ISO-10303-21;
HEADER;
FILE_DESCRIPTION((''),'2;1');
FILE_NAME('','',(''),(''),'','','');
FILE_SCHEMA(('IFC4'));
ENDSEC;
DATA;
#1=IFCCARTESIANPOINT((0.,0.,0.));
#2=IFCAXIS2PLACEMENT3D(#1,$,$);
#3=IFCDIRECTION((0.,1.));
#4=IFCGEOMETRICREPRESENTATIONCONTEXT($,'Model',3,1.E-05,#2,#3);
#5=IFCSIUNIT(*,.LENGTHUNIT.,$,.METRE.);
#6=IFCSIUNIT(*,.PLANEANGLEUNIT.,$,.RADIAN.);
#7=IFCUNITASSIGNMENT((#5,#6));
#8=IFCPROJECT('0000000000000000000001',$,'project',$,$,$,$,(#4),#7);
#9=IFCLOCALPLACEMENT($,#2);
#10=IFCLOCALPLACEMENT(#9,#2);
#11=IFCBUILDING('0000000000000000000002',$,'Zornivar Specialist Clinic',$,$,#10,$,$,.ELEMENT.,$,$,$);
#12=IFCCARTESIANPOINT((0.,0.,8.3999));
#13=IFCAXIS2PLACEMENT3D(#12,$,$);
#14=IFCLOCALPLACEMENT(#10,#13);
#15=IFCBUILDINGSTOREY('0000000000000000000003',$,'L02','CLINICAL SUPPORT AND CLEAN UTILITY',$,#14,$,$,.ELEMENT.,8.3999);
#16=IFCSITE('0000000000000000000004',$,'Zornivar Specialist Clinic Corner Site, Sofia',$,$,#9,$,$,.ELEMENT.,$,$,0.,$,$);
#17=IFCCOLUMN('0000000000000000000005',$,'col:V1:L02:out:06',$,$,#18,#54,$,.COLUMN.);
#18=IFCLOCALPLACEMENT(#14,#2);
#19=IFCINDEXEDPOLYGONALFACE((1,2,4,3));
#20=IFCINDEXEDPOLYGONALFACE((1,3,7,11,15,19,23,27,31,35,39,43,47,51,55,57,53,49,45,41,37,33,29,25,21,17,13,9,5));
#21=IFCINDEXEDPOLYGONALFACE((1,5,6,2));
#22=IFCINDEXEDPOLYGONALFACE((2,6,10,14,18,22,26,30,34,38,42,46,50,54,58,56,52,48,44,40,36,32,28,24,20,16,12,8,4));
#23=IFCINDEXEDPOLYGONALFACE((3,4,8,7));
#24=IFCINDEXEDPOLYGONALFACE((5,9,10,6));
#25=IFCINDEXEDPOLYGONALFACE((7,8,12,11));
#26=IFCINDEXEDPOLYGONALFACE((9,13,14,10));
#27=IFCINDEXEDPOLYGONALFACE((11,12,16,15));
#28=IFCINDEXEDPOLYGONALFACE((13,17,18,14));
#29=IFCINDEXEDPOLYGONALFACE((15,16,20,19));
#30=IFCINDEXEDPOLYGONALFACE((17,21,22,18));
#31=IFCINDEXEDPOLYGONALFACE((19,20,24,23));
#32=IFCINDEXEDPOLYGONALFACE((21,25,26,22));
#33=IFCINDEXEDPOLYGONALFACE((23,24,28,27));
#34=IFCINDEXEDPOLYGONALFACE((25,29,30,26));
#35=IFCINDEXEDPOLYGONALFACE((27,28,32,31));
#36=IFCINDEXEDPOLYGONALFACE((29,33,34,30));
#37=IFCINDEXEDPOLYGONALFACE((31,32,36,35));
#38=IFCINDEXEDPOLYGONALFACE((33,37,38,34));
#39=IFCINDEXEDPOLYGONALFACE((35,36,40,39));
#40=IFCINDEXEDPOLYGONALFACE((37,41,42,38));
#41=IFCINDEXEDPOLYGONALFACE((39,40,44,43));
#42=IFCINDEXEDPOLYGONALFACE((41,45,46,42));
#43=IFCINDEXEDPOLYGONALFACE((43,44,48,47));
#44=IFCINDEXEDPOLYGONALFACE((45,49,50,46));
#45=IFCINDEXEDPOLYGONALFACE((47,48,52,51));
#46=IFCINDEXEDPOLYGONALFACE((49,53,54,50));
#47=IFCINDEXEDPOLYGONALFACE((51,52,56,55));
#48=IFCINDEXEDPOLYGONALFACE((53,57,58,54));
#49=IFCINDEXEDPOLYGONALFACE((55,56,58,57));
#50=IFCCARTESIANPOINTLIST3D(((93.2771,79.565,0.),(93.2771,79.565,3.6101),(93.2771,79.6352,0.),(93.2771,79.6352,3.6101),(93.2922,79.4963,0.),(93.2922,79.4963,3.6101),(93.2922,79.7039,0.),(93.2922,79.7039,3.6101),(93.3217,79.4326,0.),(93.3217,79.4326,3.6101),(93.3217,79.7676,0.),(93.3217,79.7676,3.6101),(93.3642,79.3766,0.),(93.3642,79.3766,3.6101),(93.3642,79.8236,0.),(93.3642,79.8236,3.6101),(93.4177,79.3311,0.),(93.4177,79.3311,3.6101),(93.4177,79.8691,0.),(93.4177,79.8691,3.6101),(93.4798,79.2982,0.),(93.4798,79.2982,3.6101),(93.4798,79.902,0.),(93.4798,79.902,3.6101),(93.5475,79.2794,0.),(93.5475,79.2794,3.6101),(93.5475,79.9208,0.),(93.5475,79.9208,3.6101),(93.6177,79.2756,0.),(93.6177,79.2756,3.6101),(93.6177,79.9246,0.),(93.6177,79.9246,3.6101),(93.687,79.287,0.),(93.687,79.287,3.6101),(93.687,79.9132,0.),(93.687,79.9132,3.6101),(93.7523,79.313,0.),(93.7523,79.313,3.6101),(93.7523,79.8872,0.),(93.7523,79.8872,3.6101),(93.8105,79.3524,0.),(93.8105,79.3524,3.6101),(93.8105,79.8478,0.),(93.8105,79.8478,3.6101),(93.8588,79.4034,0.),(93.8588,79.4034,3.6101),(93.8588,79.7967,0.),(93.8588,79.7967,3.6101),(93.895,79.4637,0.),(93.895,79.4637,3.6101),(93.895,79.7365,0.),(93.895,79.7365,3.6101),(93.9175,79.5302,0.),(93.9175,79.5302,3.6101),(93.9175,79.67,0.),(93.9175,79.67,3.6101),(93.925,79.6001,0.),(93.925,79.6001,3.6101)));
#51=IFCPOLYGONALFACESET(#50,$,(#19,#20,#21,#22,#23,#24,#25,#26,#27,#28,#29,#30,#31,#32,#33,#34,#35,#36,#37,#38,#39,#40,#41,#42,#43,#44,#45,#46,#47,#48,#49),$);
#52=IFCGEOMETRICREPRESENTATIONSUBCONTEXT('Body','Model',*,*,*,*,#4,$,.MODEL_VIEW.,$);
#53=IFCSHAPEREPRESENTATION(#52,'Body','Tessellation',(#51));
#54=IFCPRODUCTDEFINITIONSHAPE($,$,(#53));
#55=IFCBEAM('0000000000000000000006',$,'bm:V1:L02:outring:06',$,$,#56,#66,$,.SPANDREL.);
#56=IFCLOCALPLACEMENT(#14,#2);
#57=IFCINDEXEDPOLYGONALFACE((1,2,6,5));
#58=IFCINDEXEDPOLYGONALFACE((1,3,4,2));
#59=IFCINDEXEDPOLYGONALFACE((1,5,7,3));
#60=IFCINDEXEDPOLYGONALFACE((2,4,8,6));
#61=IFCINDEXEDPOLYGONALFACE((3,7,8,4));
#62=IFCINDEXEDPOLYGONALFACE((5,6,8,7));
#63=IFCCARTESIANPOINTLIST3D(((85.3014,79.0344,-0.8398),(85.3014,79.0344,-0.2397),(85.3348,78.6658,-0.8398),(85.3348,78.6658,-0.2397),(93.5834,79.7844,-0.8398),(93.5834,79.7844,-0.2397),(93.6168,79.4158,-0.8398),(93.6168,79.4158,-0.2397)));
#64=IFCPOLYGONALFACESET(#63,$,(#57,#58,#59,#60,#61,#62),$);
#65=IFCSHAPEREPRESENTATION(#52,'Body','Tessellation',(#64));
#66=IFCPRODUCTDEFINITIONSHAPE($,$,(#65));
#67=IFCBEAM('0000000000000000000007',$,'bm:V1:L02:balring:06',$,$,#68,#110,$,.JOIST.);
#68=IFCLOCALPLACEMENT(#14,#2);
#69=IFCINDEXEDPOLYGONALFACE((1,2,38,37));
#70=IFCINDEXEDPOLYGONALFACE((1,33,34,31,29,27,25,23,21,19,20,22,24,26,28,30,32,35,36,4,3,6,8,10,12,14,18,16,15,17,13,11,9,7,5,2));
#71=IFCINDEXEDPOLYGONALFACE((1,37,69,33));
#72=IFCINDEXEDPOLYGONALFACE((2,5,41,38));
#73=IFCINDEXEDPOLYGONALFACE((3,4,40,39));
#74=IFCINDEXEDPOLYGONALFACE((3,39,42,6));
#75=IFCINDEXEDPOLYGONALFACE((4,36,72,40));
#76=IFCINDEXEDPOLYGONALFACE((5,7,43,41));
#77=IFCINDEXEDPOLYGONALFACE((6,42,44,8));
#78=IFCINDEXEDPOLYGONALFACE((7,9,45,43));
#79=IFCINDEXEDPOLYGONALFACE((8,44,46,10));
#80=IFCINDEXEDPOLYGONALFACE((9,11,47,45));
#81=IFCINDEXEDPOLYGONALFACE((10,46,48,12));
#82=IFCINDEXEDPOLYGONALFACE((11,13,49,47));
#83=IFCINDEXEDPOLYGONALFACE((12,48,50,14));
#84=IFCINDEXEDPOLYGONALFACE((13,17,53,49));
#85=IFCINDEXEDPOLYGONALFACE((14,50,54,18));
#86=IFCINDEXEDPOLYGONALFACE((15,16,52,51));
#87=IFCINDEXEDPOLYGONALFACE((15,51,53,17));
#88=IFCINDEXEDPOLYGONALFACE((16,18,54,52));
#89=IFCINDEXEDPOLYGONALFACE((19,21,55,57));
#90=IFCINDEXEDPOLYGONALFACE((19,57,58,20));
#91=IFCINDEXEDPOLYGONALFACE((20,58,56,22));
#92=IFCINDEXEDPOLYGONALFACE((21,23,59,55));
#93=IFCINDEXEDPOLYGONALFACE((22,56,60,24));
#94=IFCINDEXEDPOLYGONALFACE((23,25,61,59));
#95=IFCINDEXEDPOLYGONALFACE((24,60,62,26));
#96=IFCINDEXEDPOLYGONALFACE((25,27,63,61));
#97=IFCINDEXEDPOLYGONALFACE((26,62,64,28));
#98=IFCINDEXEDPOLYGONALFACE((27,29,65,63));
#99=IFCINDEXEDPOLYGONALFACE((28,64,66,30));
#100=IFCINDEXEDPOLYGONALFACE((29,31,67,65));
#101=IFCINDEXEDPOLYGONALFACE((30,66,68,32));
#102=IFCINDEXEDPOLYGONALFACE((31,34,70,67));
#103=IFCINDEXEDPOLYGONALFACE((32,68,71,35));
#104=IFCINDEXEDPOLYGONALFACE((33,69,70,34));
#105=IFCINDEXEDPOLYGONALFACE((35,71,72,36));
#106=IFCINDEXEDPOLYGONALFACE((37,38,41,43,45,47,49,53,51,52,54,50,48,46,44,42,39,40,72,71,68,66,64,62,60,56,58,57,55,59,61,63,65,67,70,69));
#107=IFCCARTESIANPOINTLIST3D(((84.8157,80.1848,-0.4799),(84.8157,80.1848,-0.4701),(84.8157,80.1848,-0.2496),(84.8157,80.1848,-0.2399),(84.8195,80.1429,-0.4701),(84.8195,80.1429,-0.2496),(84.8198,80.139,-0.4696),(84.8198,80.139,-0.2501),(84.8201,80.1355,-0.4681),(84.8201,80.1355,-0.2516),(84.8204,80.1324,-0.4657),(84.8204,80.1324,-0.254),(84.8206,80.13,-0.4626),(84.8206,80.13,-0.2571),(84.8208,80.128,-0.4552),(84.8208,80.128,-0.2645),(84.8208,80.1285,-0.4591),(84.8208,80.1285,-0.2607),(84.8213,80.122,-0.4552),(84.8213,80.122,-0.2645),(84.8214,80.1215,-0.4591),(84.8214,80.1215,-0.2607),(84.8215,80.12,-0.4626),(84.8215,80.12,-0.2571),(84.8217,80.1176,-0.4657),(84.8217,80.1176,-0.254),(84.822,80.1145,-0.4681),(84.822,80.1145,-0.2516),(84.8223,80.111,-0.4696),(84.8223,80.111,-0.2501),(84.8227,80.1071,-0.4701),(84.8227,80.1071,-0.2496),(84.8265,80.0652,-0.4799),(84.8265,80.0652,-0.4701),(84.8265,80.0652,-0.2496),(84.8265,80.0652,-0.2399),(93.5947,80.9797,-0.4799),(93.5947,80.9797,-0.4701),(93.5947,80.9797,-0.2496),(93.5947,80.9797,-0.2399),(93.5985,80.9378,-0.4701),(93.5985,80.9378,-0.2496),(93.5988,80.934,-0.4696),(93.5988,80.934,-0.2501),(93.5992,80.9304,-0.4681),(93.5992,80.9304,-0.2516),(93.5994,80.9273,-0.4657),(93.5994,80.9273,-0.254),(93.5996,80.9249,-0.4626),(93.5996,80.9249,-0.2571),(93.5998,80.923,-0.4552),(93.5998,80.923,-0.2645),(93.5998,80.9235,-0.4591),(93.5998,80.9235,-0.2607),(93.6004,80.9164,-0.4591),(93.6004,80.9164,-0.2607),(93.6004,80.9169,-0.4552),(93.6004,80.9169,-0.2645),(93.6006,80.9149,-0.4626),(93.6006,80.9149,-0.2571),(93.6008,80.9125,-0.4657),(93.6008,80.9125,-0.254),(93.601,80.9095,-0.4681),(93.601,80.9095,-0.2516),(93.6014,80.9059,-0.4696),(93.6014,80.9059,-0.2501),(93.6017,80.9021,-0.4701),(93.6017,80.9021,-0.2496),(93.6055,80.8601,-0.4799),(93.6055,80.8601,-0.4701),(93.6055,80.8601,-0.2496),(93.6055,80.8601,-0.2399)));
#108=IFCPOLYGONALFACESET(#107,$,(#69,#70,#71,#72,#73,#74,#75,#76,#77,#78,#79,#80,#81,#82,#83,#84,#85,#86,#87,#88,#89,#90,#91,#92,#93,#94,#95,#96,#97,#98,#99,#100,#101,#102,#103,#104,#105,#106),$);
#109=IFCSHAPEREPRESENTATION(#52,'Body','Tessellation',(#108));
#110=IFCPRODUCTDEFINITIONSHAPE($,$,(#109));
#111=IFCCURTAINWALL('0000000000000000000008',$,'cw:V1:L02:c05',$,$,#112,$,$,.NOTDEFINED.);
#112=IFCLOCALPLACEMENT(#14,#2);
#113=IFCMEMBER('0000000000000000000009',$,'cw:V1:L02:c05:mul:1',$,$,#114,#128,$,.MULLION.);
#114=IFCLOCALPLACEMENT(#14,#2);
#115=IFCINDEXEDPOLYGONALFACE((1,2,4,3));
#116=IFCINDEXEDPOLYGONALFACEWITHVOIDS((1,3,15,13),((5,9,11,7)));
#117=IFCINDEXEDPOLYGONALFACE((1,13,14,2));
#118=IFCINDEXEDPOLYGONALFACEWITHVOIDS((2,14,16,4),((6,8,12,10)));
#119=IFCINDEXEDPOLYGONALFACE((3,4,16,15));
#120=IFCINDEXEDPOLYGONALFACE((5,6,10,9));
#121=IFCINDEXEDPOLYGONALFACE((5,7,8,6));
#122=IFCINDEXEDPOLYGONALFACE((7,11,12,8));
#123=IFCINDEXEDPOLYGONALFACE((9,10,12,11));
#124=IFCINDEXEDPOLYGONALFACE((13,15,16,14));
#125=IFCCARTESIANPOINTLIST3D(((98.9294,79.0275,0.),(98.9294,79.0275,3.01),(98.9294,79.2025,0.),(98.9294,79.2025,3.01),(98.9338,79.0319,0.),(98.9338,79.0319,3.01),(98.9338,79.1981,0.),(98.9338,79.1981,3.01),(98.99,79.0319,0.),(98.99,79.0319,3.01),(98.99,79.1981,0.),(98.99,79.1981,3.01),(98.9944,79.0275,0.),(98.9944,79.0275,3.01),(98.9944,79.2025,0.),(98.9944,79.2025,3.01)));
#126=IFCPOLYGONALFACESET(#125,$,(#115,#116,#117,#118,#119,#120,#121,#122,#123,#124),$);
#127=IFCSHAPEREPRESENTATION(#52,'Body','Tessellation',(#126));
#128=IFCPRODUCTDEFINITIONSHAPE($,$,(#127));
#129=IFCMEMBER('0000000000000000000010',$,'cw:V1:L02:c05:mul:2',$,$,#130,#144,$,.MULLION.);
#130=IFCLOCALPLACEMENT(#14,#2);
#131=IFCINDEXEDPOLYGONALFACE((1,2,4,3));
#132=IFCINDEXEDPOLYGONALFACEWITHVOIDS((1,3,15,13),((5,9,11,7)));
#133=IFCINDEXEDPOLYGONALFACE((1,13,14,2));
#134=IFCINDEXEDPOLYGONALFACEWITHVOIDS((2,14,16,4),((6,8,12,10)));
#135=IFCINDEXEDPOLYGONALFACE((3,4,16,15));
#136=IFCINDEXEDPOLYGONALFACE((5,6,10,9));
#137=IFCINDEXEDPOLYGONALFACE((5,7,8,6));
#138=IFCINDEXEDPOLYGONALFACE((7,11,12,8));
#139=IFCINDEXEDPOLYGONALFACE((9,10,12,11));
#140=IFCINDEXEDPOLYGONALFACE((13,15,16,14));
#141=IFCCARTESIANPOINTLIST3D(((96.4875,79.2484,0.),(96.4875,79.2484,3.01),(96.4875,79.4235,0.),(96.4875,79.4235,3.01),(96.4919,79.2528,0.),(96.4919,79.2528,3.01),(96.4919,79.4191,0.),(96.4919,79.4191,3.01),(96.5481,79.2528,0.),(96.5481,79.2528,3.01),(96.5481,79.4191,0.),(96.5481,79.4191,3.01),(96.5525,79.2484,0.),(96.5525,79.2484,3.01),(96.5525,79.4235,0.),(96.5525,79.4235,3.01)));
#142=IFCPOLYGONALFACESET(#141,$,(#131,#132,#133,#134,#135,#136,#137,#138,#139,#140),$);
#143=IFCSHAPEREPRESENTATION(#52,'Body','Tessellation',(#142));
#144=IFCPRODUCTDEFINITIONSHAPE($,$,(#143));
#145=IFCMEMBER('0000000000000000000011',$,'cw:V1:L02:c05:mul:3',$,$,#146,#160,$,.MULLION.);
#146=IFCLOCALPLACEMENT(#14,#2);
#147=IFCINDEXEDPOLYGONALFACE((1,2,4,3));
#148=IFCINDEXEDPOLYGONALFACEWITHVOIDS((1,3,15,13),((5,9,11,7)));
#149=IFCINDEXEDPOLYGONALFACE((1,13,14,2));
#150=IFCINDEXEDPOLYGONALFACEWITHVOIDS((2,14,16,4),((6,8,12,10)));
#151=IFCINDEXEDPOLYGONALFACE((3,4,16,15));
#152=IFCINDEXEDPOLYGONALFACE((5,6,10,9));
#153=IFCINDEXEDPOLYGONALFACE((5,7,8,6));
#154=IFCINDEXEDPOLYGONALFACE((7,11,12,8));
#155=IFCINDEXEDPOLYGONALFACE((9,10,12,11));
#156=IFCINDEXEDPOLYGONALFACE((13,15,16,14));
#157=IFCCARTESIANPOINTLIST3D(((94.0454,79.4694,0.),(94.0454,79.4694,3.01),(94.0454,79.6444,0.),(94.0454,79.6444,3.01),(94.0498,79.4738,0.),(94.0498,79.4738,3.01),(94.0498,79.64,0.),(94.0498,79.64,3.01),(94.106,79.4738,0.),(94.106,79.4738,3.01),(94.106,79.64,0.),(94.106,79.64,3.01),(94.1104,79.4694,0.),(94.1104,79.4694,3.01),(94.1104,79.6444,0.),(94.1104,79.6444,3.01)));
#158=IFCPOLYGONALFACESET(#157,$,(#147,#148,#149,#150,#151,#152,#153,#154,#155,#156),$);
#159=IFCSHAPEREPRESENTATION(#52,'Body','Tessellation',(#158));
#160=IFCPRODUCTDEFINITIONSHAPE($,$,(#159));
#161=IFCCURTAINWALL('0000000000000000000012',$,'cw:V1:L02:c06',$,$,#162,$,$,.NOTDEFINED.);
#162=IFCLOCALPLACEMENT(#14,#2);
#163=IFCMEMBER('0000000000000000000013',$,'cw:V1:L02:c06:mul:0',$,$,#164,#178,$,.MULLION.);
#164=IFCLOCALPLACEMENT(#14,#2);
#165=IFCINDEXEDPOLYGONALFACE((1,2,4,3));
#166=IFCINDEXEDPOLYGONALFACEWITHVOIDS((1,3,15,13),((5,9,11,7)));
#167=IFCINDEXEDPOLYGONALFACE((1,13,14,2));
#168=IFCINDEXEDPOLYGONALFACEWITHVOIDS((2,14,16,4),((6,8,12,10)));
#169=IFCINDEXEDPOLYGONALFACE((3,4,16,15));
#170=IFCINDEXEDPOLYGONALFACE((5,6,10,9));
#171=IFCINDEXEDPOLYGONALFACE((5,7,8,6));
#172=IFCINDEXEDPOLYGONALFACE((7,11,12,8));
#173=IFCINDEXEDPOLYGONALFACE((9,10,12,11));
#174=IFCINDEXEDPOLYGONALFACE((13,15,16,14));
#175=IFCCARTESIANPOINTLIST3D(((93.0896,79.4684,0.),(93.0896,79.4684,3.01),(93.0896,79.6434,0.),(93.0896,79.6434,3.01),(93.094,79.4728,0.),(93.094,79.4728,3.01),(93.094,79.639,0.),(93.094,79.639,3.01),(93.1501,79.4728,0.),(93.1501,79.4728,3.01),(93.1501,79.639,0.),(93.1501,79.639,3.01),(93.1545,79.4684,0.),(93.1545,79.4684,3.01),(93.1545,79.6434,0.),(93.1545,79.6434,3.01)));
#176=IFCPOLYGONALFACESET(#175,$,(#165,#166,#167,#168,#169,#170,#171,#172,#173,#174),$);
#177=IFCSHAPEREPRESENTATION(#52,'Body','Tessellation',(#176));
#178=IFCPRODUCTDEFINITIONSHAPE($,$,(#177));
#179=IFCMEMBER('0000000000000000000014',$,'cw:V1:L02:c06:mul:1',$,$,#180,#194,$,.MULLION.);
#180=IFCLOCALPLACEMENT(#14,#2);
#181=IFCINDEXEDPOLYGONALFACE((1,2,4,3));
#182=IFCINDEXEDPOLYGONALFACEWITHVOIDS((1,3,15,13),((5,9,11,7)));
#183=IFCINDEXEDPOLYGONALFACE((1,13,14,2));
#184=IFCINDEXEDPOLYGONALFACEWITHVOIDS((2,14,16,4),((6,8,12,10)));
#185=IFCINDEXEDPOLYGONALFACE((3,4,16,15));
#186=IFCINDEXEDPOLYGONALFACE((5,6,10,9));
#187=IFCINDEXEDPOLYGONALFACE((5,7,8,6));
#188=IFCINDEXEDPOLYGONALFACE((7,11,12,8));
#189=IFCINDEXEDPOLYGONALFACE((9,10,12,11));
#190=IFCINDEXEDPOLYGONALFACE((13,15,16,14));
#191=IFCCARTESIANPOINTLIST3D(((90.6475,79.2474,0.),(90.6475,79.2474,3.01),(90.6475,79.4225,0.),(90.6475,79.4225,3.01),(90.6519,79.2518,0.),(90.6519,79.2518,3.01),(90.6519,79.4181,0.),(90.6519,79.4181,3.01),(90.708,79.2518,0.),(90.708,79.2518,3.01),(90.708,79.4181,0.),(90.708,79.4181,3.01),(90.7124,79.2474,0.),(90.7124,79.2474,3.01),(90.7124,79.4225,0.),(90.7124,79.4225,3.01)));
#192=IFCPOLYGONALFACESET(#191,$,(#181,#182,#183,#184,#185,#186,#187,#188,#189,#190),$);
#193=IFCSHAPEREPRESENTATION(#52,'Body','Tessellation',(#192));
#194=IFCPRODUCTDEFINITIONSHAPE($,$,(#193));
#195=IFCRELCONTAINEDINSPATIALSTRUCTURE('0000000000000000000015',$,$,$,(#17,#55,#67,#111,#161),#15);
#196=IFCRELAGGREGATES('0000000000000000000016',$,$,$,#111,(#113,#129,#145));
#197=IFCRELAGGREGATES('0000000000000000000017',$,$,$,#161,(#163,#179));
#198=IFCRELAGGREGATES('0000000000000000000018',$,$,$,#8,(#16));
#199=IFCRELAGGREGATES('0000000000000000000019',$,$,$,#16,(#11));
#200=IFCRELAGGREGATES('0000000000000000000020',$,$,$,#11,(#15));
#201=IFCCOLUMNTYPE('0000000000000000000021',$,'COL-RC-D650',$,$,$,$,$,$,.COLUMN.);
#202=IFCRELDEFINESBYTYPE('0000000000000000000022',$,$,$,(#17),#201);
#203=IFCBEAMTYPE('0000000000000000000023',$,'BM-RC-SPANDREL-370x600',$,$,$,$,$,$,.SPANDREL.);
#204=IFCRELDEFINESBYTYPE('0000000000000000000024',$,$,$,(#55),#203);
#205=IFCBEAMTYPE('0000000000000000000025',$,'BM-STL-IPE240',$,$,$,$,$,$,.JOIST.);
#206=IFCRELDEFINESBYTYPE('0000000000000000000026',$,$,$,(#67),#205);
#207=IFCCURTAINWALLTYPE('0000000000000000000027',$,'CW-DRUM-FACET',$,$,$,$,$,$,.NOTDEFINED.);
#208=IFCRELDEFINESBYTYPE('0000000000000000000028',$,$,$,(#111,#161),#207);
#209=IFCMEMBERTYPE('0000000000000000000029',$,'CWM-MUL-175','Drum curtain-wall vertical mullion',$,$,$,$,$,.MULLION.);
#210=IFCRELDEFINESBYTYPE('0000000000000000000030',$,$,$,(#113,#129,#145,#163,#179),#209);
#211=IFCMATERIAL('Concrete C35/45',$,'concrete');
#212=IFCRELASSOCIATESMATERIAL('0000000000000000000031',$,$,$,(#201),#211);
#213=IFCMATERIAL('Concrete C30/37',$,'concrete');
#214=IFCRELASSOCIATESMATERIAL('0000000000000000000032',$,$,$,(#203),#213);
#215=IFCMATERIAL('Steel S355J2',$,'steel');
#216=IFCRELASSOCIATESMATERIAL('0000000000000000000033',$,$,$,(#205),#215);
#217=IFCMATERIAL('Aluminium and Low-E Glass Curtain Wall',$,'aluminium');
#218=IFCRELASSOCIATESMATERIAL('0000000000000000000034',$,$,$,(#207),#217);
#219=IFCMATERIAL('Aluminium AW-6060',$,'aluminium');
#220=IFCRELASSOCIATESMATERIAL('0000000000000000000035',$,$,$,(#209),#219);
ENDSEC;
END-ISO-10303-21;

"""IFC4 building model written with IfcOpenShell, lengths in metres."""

from ifc_helpers import new_model, si_unit, direction, frame, origin, origin_2d, place, context, subcontext, project, spatial, rectangle, hollow_rectangle, circle, i_section, extrude, material, material_profile, profile_set, type_object, element, aggregate, save


model = new_model("IFC4")

# Units and contexts
model_context = context("Model", 3, precision=1e-05, world=origin(), true_north=direction((0.0, 1.0)))
body_context = subcontext(model_context, "Body", "Model", "MODEL_VIEW")
ifc_project = project(units=[si_unit("LENGTHUNIT", "METRE"), si_unit("PLANEANGLEUNIT", "RADIAN")], contexts=[model_context])

# Site, building, storey
site_placement = place(None, origin())
site = spatial("IfcSite", under=ifc_project, at=site_placement, Name="Zornivar Specialist Clinic Corner Site, Sofia", CompositionType="ELEMENT", RefElevation=0.0)
building_placement = place(site_placement, origin())
building = spatial("IfcBuilding", under=site, at=building_placement, Name="Zornivar Specialist Clinic", CompositionType="ELEMENT")
storey_placement = place(building_placement, frame((0.0, 0.0, 8.3999)))
storey = spatial("IfcBuildingStorey", under=building, at=storey_placement, Name="L02", Description="CLINICAL SUPPORT AND CLEAN UTILITY", CompositionType="ELEMENT", Elevation=8.3999)

# Column
ifc_material_1 = material(Name="Concrete C35/45", Category="concrete")
ifc_material_profile_1 = material_profile(ifc_material_1, circle(Radius=0.325, at=origin_2d()), Name="RC D650")
ifc_profile_set_1 = profile_set([ifc_material_profile_1], Name="Concrete C35/45")
column_type = type_object("IfcColumnType", Name="COL-RC-D650", PredefinedType="COLUMN", material=ifc_profile_set_1)
column_placement = place(storey_placement, frame((93.6001, 79.6001, 0.0), z_axis=(0.0, 0.0, 1.0), x_axis=(1.0, 0.0, 0.0)))
element("IfcColumn", 1, at=column_placement, inside=storey, type_object=column_type, Name="col:V1:L02:out:06", PredefinedType="COLUMN", context=body_context, shape_type="SweptSolid", body=[
    extrude(circle(Radius=0.325, at=origin_2d()), origin(), (0.0, 0.0, 1.0), 3.6101),
])

# Beams
ifc_material_2 = material(Name="Concrete C30/37", Category="concrete")
ifc_material_profile_2 = material_profile(ifc_material_2, rectangle(XDim=0.3701, YDim=0.6001, at=origin_2d()), Name="RC 370x600")
ifc_profile_set_2 = profile_set([ifc_material_profile_2], Name="Concrete C30/37")
beam_type_1 = type_object("IfcBeamType", Name="BM-RC-SPANDREL-370x600", PredefinedType="SPANDREL", material=ifc_profile_set_2)
beam_1_placement = place(storey_placement, frame((93.6001, 79.6001, -0.5398), z_axis=(-0.995925, -0.090189, 0.0), x_axis=(0.090189, -0.995925, 0.0)))
element("IfcBeam", 2, at=beam_1_placement, inside=storey, type_object=beam_type_1, Name="bm:V1:L02:outring:06", PredefinedType="SPANDREL", context=body_context, shape_type="SweptSolid", body=[
    extrude(rectangle(XDim=0.3701, YDim=0.6001, at=origin_2d()), origin(), (0.0, 0.0, 1.0), 8.3159),
])
ifc_material_3 = material(Name="Steel S355J2", Category="steel")
ifc_material_profile_3 = material_profile(ifc_material_3, i_section(OverallWidth=0.1201, OverallDepth=0.24, WebThickness=0.0061, FlangeThickness=0.0098, FilletRadius=0.0149, at=origin_2d()), Name="IPE 240")
ifc_profile_set_3 = profile_set([ifc_material_profile_3], Name="Steel S355J2")
beam_type_2 = type_object("IfcBeamType", Name="BM-STL-IPE240", PredefinedType="JOIST", material=ifc_profile_set_3)
beam_2_placement = place(storey_placement, frame((93.6001, 80.9199, -0.3599), z_axis=(-0.995926, -0.090179, 0.0), x_axis=(0.090179, -0.995926, 0.0)))
element("IfcBeam", 3, at=beam_2_placement, inside=storey, type_object=beam_type_2, Name="bm:V1:L02:balring:06", PredefinedType="JOIST", context=body_context, shape_type="SweptSolid", body=[
    extrude(i_section(OverallWidth=0.1201, OverallDepth=0.24, WebThickness=0.0061, FlangeThickness=0.0098, FilletRadius=0.0149, at=origin_2d()), origin(), (0.0, 0.0, 1.0), 8.8149),
])

# Curtain walls, members
ifc_material_4 = material(Name="Aluminium and Low-E Glass Curtain Wall", Category="aluminium")
curtain_wall_type = type_object("IfcCurtainWallType", Name="CW-DRUM-FACET", PredefinedType="NOTDEFINED", material=ifc_material_4)
curtain_wall_1_placement = place(storey_placement, origin())
curtain_wall_1 = element("IfcCurtainWall", 4, at=curtain_wall_1_placement, inside=storey, type_object=curtain_wall_type, Name="cw:V1:L02:c05", PredefinedType="NOTDEFINED")
ifc_material_5 = material(Name="Aluminium AW-6060", Category="aluminium")
ifc_material_profile_4 = material_profile(ifc_material_5, hollow_rectangle(XDim=0.0649, YDim=0.175, WallThickness=0.0044, at=origin_2d()), Name="ALU 65x175x4.5")
ifc_profile_set_4 = profile_set([ifc_material_profile_4], Name="Aluminium AW-6060")
member_type_1 = type_object("IfcMemberType", Name="CWM-MUL-175", Description="Drum curtain-wall vertical mullion", PredefinedType="MULLION", material=ifc_profile_set_4)
member_1_placement = place(storey_placement, frame((98.9619, 79.115, 0.0), z_axis=(0.0, 0.0, 1.0), x_axis=(1.0, 0.0, 0.0)))
member_1 = element("IfcMember", 5, at=member_1_placement, type_object=member_type_1, Name="cw:V1:L02:c05:mul:1", PredefinedType="MULLION", context=body_context, shape_type="SweptSolid", body=[
    extrude(hollow_rectangle(XDim=0.0649, YDim=0.175, WallThickness=0.0044, at=origin_2d()), origin(), (0.0, 0.0, 1.0), 3.01),
])
member_2_placement = place(storey_placement, frame((96.52, 79.3359, 0.0), z_axis=(0.0, 0.0, 1.0), x_axis=(1.0, 0.0, 0.0)))
member_2 = element("IfcMember", 6, at=member_2_placement, type_object=member_type_1, Name="cw:V1:L02:c05:mul:2", PredefinedType="MULLION", context=body_context, shape_type="SweptSolid", body=[
    extrude(hollow_rectangle(XDim=0.0649, YDim=0.175, WallThickness=0.0044, at=origin_2d()), origin(), (0.0, 0.0, 1.0), 3.01),
])
member_3_placement = place(storey_placement, frame((94.0779, 79.5569, 0.0), z_axis=(0.0, 0.0, 1.0), x_axis=(1.0, 0.0, 0.0)))
member_3 = element("IfcMember", 7, at=member_3_placement, type_object=member_type_1, Name="cw:V1:L02:c05:mul:3", PredefinedType="MULLION", context=body_context, shape_type="SweptSolid", body=[
    extrude(hollow_rectangle(XDim=0.0649, YDim=0.175, WallThickness=0.0044, at=origin_2d()), origin(), (0.0, 0.0, 1.0), 3.01),
])
curtain_wall_2_placement = place(storey_placement, origin())
curtain_wall_2 = element("IfcCurtainWall", 8, at=curtain_wall_2_placement, inside=storey, type_object=curtain_wall_type, Name="cw:V1:L02:c06", PredefinedType="NOTDEFINED")
member_4_placement = place(storey_placement, frame((93.1221, 79.5559, 0.0), z_axis=(0.0, 0.0, 1.0), x_axis=(1.0, 0.0, 0.0)))
member_4 = element("IfcMember", 9, at=member_4_placement, type_object=member_type_1, Name="cw:V1:L02:c06:mul:0", PredefinedType="MULLION", context=body_context, shape_type="SweptSolid", body=[
    extrude(hollow_rectangle(XDim=0.0649, YDim=0.175, WallThickness=0.0044, at=origin_2d()), origin(), (0.0, 0.0, 1.0), 3.01),
])
member_5_placement = place(storey_placement, frame((90.6799, 79.335, 0.0), z_axis=(0.0, 0.0, 1.0), x_axis=(1.0, 0.0, 0.0)))
member_5 = element("IfcMember", 10, at=member_5_placement, type_object=member_type_1, Name="cw:V1:L02:c06:mul:1", PredefinedType="MULLION", context=body_context, shape_type="SweptSolid", body=[
    extrude(hollow_rectangle(XDim=0.0649, YDim=0.175, WallThickness=0.0044, at=origin_2d()), origin(), (0.0, 0.0, 1.0), 3.01),
])

aggregate(curtain_wall_1, [member_1, member_2, member_3])
aggregate(curtain_wall_2, [member_4, member_5])

save(model, "model.ifc")
